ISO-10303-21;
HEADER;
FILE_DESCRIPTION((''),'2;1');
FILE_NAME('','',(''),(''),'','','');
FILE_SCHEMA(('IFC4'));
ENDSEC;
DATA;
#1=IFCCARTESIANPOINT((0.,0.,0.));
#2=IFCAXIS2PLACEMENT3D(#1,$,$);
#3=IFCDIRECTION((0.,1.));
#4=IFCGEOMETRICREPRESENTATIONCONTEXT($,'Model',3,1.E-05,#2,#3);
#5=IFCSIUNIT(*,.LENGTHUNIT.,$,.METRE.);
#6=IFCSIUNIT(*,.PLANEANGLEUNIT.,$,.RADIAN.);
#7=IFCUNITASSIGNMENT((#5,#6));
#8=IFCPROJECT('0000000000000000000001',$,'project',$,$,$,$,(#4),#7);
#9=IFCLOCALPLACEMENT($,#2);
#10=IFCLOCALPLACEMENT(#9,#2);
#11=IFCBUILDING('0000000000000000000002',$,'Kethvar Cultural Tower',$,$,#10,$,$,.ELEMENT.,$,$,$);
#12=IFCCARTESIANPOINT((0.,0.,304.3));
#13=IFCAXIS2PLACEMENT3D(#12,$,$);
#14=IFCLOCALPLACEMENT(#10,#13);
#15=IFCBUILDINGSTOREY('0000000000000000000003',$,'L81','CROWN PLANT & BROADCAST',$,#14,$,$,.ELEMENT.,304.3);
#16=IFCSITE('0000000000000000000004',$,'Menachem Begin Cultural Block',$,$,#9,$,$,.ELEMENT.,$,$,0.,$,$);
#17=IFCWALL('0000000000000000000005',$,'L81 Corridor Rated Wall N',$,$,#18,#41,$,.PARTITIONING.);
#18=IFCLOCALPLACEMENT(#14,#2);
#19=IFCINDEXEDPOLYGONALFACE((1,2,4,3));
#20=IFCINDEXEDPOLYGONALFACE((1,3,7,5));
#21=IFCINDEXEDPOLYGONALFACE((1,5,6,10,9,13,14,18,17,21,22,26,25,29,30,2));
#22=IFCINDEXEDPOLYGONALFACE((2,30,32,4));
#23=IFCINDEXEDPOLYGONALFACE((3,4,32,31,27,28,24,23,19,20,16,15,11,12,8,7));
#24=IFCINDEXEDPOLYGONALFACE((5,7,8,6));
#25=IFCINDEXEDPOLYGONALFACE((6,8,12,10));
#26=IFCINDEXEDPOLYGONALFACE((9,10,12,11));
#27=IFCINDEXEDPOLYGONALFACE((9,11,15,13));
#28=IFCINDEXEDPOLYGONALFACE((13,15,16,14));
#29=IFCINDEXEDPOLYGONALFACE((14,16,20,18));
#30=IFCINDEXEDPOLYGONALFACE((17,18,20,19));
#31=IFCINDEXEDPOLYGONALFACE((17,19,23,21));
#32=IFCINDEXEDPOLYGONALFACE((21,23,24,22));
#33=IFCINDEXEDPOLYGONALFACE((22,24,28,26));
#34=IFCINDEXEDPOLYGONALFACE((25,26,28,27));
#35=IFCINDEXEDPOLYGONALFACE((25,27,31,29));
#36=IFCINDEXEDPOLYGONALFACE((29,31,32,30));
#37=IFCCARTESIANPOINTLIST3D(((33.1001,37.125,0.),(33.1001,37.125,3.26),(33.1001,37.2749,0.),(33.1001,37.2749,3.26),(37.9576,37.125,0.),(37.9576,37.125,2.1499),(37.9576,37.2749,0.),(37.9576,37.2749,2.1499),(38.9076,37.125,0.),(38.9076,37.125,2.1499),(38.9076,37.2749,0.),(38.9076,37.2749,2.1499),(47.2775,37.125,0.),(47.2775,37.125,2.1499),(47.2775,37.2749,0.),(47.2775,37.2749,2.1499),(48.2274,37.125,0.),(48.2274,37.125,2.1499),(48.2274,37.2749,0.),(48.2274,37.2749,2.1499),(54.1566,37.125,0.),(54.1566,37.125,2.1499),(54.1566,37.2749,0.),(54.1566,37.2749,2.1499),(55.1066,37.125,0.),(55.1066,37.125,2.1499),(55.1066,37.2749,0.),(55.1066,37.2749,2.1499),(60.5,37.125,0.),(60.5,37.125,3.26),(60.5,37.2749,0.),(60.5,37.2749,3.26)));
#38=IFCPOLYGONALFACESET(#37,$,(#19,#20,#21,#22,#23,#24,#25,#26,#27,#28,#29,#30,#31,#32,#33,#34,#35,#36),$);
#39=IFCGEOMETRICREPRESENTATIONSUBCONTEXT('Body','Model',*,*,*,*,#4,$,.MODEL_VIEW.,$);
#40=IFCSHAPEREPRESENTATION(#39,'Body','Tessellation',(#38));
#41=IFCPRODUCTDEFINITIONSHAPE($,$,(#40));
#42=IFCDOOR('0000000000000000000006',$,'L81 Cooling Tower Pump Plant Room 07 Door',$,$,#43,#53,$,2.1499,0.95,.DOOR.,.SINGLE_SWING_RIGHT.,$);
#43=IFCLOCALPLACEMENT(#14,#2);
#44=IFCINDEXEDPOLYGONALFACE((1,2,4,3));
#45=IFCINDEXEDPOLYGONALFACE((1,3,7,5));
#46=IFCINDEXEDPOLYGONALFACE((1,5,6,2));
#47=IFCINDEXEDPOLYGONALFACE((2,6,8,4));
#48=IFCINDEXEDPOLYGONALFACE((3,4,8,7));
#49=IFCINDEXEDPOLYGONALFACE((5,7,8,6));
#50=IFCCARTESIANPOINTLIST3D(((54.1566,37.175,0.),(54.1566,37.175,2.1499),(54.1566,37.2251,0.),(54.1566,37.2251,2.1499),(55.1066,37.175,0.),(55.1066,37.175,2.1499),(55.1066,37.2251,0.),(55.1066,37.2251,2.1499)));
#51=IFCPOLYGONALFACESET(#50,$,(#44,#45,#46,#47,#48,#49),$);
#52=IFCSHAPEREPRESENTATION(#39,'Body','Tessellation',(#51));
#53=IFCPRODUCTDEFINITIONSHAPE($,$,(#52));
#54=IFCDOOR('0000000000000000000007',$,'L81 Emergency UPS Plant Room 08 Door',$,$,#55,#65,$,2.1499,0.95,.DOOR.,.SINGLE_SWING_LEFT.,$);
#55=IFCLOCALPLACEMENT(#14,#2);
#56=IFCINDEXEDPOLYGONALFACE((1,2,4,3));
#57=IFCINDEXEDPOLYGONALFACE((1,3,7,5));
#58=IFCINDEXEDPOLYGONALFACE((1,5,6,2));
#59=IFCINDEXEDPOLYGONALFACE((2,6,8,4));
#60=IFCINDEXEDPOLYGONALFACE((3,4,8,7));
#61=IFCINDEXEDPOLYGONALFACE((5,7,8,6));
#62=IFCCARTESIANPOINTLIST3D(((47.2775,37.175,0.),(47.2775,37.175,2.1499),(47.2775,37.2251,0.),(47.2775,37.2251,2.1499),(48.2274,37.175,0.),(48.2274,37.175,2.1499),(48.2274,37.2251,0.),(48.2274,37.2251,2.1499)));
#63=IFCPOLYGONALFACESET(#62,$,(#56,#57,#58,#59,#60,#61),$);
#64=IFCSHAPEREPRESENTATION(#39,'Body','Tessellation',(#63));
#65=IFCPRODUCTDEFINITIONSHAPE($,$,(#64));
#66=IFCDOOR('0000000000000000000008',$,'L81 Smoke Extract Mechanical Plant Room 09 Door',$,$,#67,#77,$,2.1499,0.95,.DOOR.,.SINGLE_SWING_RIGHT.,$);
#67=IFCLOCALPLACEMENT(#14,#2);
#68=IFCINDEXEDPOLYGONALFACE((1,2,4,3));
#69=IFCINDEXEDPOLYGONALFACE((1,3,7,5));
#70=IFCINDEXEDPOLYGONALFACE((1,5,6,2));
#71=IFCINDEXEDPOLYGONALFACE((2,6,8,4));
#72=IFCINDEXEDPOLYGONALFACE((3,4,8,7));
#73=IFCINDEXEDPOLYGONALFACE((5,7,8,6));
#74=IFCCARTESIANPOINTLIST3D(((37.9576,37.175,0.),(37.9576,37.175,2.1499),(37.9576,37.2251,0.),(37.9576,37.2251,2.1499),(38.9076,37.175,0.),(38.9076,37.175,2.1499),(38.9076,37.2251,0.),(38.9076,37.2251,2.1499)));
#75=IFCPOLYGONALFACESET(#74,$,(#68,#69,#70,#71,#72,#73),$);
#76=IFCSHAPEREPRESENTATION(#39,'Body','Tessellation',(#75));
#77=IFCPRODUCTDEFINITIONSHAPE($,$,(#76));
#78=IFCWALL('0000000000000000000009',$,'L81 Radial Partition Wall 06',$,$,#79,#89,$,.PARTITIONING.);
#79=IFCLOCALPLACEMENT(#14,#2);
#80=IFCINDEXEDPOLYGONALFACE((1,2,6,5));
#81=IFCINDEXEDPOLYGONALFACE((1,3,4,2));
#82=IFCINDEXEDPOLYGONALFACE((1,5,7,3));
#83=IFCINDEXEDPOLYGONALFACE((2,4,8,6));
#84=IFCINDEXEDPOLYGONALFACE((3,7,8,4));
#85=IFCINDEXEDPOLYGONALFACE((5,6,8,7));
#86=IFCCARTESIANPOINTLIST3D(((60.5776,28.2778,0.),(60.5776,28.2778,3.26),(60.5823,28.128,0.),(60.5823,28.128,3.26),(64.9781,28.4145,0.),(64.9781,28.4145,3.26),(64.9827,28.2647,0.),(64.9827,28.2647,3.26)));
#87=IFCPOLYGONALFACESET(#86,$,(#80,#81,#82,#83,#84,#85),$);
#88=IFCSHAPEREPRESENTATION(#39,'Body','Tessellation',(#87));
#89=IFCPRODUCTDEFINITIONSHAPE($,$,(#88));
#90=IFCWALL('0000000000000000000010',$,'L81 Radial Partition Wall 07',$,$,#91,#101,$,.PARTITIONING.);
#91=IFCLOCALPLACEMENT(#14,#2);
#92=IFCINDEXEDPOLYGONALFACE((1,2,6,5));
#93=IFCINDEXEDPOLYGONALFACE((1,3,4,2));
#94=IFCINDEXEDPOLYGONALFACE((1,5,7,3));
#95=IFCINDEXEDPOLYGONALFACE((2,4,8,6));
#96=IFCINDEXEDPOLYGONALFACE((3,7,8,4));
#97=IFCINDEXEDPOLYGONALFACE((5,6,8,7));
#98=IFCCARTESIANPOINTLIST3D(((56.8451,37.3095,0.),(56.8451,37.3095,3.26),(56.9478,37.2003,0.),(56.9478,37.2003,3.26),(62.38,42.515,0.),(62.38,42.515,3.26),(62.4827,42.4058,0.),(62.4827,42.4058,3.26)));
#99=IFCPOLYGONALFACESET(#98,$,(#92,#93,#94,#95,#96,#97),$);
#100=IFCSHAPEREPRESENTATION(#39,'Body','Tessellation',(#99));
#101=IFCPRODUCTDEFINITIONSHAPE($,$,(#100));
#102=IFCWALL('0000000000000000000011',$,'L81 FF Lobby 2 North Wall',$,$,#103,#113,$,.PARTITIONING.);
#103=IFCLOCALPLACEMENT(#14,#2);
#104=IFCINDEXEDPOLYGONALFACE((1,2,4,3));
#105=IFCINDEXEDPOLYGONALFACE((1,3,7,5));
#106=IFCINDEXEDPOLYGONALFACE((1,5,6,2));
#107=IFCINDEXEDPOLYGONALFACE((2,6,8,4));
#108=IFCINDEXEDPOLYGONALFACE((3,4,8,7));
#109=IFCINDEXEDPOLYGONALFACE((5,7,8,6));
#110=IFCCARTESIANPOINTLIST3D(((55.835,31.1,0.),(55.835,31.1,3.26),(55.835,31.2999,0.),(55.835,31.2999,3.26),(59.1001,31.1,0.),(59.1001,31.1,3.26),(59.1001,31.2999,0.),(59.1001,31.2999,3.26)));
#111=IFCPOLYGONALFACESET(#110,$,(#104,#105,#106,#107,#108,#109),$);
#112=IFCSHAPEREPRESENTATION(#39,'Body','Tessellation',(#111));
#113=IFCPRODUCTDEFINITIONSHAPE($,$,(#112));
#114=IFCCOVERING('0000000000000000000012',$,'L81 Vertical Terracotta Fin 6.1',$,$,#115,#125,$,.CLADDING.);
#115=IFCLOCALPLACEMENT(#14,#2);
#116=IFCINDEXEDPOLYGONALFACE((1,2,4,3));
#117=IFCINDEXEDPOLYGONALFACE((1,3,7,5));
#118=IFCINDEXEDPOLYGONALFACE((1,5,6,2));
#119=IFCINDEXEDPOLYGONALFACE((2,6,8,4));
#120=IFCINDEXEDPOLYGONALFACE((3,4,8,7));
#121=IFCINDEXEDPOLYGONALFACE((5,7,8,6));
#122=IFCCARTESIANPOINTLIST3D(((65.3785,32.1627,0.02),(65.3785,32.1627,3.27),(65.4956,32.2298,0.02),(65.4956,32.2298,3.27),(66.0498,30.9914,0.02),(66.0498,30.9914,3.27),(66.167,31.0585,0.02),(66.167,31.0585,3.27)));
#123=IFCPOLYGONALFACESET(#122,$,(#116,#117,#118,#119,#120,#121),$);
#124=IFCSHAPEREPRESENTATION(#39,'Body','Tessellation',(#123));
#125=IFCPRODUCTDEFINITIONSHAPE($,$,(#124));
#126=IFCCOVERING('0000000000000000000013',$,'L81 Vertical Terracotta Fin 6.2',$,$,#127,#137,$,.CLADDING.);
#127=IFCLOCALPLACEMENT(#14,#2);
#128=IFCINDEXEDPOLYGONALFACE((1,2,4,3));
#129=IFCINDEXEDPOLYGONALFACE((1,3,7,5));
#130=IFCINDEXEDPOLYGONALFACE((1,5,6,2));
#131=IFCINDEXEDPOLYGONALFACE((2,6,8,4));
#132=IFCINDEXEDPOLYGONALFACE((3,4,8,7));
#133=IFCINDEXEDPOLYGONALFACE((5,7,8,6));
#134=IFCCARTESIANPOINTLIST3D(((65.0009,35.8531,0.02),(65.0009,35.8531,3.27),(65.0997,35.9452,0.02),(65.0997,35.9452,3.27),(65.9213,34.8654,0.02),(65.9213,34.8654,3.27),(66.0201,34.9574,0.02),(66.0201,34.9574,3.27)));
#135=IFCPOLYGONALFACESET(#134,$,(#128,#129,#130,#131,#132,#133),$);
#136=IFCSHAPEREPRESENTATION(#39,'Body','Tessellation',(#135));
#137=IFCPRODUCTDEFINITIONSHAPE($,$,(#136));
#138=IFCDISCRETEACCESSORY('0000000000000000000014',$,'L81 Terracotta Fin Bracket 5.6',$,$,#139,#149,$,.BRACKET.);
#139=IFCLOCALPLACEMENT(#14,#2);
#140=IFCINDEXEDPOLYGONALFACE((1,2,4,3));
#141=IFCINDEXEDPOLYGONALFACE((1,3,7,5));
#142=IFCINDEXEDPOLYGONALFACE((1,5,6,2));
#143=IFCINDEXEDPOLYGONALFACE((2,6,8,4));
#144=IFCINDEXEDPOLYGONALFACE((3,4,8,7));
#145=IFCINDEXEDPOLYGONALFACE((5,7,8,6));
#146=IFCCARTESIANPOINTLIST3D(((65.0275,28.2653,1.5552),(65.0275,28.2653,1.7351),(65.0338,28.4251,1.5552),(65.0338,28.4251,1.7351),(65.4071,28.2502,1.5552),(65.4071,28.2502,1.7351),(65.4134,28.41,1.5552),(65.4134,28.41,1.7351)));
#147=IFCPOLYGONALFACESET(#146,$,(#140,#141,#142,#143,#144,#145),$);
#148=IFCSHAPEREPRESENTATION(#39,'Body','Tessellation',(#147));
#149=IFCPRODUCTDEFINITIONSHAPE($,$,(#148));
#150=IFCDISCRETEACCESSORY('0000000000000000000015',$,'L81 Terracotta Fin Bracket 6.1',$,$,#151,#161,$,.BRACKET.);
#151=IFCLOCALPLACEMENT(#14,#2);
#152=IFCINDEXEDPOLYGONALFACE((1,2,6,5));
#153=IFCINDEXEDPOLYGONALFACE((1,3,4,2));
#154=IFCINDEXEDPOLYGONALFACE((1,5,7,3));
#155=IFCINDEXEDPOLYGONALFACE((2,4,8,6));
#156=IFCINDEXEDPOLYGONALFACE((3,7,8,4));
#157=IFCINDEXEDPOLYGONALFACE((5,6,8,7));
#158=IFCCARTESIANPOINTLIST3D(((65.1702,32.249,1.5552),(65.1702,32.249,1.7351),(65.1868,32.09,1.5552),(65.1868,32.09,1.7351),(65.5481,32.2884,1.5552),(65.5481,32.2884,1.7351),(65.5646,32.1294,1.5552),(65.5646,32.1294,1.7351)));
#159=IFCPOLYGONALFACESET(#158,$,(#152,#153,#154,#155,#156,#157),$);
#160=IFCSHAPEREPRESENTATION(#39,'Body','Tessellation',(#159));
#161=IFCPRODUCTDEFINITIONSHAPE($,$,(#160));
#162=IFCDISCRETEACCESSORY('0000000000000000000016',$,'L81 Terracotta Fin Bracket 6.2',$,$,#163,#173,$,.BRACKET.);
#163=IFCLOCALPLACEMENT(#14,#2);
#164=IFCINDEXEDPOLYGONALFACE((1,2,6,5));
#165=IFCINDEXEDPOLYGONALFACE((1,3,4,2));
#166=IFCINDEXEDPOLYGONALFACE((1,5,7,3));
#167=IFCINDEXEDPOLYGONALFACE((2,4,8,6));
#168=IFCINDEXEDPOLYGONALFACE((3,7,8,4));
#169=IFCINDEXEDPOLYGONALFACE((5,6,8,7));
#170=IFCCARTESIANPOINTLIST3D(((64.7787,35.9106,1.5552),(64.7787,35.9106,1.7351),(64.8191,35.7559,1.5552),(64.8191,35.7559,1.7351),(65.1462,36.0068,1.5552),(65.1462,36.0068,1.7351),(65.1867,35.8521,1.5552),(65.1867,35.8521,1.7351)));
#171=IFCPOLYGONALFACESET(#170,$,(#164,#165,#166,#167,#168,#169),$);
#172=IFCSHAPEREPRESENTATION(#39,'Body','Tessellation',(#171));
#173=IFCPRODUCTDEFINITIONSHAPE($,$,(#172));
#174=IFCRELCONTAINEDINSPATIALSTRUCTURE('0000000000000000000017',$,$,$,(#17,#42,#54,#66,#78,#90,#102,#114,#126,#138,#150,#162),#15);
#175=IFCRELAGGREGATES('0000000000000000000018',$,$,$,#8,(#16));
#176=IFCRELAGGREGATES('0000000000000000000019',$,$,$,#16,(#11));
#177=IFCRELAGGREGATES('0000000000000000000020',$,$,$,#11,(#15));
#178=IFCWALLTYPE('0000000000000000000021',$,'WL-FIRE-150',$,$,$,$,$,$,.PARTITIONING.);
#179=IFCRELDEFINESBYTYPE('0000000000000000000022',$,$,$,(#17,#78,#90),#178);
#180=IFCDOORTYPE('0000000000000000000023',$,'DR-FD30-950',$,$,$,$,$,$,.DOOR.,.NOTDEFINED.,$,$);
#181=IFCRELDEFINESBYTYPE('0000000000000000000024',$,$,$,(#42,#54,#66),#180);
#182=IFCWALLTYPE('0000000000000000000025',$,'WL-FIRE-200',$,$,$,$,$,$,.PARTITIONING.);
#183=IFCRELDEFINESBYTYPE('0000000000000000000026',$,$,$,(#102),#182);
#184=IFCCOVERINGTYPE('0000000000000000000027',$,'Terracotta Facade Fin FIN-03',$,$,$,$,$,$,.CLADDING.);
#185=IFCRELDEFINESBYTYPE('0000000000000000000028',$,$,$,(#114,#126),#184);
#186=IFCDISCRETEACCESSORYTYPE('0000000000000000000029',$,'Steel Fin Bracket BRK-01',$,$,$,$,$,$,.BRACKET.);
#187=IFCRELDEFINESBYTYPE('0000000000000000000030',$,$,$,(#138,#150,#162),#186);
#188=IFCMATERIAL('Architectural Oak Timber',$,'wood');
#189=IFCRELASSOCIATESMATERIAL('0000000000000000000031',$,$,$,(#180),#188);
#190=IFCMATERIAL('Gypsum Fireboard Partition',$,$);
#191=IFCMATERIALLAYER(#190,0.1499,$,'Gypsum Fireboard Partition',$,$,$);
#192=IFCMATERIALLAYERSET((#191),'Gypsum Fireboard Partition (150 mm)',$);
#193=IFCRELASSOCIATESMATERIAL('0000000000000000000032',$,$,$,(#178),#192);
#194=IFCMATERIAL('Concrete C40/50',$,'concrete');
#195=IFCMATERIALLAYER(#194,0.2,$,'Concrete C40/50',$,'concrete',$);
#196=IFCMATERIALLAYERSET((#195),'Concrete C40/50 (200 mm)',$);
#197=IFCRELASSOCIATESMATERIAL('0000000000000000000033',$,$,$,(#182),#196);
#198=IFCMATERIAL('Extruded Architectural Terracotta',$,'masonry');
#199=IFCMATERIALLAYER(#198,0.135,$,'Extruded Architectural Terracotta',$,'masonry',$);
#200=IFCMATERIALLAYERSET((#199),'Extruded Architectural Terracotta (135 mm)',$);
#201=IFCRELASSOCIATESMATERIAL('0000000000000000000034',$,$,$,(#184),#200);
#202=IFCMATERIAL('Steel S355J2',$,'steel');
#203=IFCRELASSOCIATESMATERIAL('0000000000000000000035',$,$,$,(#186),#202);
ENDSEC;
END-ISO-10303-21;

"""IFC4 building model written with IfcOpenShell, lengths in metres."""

from ifc_helpers import new_model, si_unit, direction, frame, frame_2d, origin, origin_2d, place, context, subcontext, project, spatial, rectangle, extrude, source, transform, mapped, material, layer, layer_set, type_object, element, fill, save


model = new_model("IFC4")

# Units and contexts
model_context = context("Model", 3, precision=1e-05, world=origin(), true_north=direction((0.0, 1.0)))
body_context = subcontext(model_context, "Body", "Model", "MODEL_VIEW")
ifc_project = project(units=[si_unit("LENGTHUNIT", "METRE"), si_unit("PLANEANGLEUNIT", "RADIAN")], contexts=[model_context])

# Site, building, storey
site_placement = place(None, origin())
site = spatial("IfcSite", under=ifc_project, at=site_placement, Name="Menachem Begin Cultural Block", CompositionType="ELEMENT", RefElevation=0.0)
building_placement = place(site_placement, origin())
building = spatial("IfcBuilding", under=site, at=building_placement, Name="Kethvar Cultural Tower", CompositionType="ELEMENT")
storey_placement = place(building_placement, frame((0.0, 0.0, 304.3)))
storey = spatial("IfcBuildingStorey", under=building, at=storey_placement, Name="L81", Description="CROWN PLANT & BROADCAST", CompositionType="ELEMENT", Elevation=304.3)

# Shared definitions
ifc_material_1 = material(Name="Steel S355J2", Category="steel")

# Wall, openings, doors
ifc_material_2 = material(Name="Architectural Oak Timber", Category="wood")
door_type_1 = type_object("IfcDoorType", Name="DR-FD30-950", OperationType="NOTDEFINED", PredefinedType="DOOR", material=ifc_material_2)
shared_shape_1 = source(origin(), body_context, "Body", "SweptSolid", [
    extrude(rectangle(XDim=0.95, YDim=2.1499, at=frame_2d((0.4751, 1.075))), frame((0.0, 0.0249, 0.0), z_axis=(0.0, -1.0, 0.0), x_axis=(1.0, 0.0, 0.0)), (0.0, 0.0, 1.0), 0.05),
])
ifc_material_3 = material(Name="Gypsum Fireboard Partition")
ifc_layer_1 = layer(ifc_material_3, 0.1499, Name="Gypsum Fireboard Partition")
ifc_layer_set_1 = layer_set([ifc_layer_1], Name="Gypsum Fireboard Partition (150 mm)")
wall_type_1 = type_object("IfcWallType", Name="WL-FIRE-150", PredefinedType="PARTITIONING", material=ifc_layer_set_1)
wall_1_placement = place(storey_placement, frame((60.5, 37.2, 0.0), z_axis=(0.0, 0.0, 1.0), x_axis=(-1.0, 0.0, 0.0)))
wall_1 = element("IfcWall", 1, at=wall_1_placement, inside=storey, type_object=wall_type_1, Name="L81 Corridor Rated Wall N", PredefinedType="PARTITIONING", context=body_context, shape_type="SweptSolid", body=[
    extrude(rectangle(XDim=27.3999, YDim=0.1499, at=frame_2d((13.7, 0.0))), origin(), (0.0, 0.0, 1.0), 3.26),
])
opening_1_placement = place(wall_1_placement, frame((5.3933, 0.0, 0.0)))
opening_1 = element("IfcOpeningElement", 2, at=opening_1_placement, cuts=wall_1, PredefinedType="OPENING", context=body_context, shape_type="SweptSolid", body=[
    extrude(rectangle(XDim=0.95, YDim=2.1499, at=frame_2d((0.4751, 1.075))), frame((0.0, 0.085, 0.0), z_axis=(0.0, -1.0, 0.0), x_axis=(1.0, 0.0, 0.0)), (0.0, 0.0, 1.0), 0.1699),
])
opening_2_placement = place(wall_1_placement, frame((12.2725, 0.0, 0.0)))
opening_2 = element("IfcOpeningElement", 3, at=opening_2_placement, cuts=wall_1, PredefinedType="OPENING", context=body_context, shape_type="SweptSolid", body=[
    extrude(rectangle(XDim=0.95, YDim=2.1499, at=frame_2d((0.4751, 1.075))), frame((0.0, 0.085, 0.0), z_axis=(0.0, -1.0, 0.0), x_axis=(1.0, 0.0, 0.0)), (0.0, 0.0, 1.0), 0.1699),
])
opening_3_placement = place(wall_1_placement, frame((21.5923, 0.0, 0.0)))
opening_3 = element("IfcOpeningElement", 4, at=opening_3_placement, cuts=wall_1, PredefinedType="OPENING", context=body_context, shape_type="SweptSolid", body=[
    extrude(rectangle(XDim=0.95, YDim=2.1499, at=frame_2d((0.4751, 1.075))), frame((0.0, 0.085, 0.0), z_axis=(0.0, -1.0, 0.0), x_axis=(1.0, 0.0, 0.0)), (0.0, 0.0, 1.0), 0.1699),
])
door_1_placement = place(opening_1_placement, origin())
door_1 = element("IfcDoor", 5, at=door_1_placement, inside=storey, type_object=door_type_1, Name="L81 Cooling Tower Pump Plant Room 07 Door", OperationType="SINGLE_SWING_RIGHT", OverallHeight=2.1499, OverallWidth=0.95, PredefinedType="DOOR", context=body_context, shape_type="MappedRepresentation", body=[
    mapped(shared_shape_1, transform((0.0, 0.0, 0.0), scale=1.0)),
])
fill(opening_1, door_1)
door_2_placement = place(opening_2_placement, origin())
door_2 = element("IfcDoor", 6, at=door_2_placement, inside=storey, type_object=door_type_1, Name="L81 Emergency UPS Plant Room 08 Door", OperationType="SINGLE_SWING_LEFT", OverallHeight=2.1499, OverallWidth=0.95, PredefinedType="DOOR", context=body_context, shape_type="MappedRepresentation", body=[
    mapped(shared_shape_1, transform((0.0, 0.0, 0.0), scale=1.0)),
])
fill(opening_2, door_2)
door_3_placement = place(opening_3_placement, origin())
door_3 = element("IfcDoor", 7, at=door_3_placement, inside=storey, type_object=door_type_1, Name="L81 Smoke Extract Mechanical Plant Room 09 Door", OperationType="SINGLE_SWING_RIGHT", OverallHeight=2.1499, OverallWidth=0.95, PredefinedType="DOOR", context=body_context, shape_type="MappedRepresentation", body=[
    mapped(shared_shape_1, transform((0.0, 0.0, 0.0), scale=1.0)),
])
fill(opening_3, door_3)

# Walls
wall_2_placement = place(storey_placement, frame((60.5801, 28.2029, 0.0), z_axis=(0.0, 0.0, 1.0), x_axis=(0.999518, 0.031055, 0.0)))
element("IfcWall", 8, at=wall_2_placement, inside=storey, type_object=wall_type_1, Name="L81 Radial Partition Wall 06", PredefinedType="PARTITIONING", context=body_context, shape_type="SweptSolid", body=[
    extrude(rectangle(XDim=4.4026, YDim=0.1499, at=frame_2d((2.2012, 0.0))), origin(), (0.0, 0.0, 1.0), 3.26),
])
wall_3_placement = place(storey_placement, frame((56.8965, 37.2549, 0.0), z_axis=(0.0, 0.0, 1.0), x_axis=(0.728447, 0.685102, 0.0)))
element("IfcWall", 9, at=wall_3_placement, inside=storey, type_object=wall_type_1, Name="L81 Radial Partition Wall 07", PredefinedType="PARTITIONING", context=body_context, shape_type="SweptSolid", body=[
    extrude(rectangle(XDim=7.5981, YDim=0.1499, at=frame_2d((3.7991, 0.0))), origin(), (0.0, 0.0, 1.0), 3.26),
])
ifc_material_4 = material(Name="Concrete C40/50", Category="concrete")
ifc_layer_2 = layer(ifc_material_4, 0.2, Name="Concrete C40/50", Category="concrete")
ifc_layer_set_2 = layer_set([ifc_layer_2], Name="Concrete C40/50 (200 mm)")
wall_type_2 = type_object("IfcWallType", Name="WL-FIRE-200", PredefinedType="PARTITIONING", material=ifc_layer_set_2)
wall_4_placement = place(storey_placement, frame((55.835, 31.2, 0.0), z_axis=(0.0, 0.0, 1.0), x_axis=(1.0, 0.0, 0.0)))
element("IfcWall", 10, at=wall_4_placement, inside=storey, type_object=wall_type_2, Name="L81 FF Lobby 2 North Wall", PredefinedType="PARTITIONING", context=body_context, shape_type="SweptSolid", body=[
    extrude(rectangle(XDim=3.2651, YDim=0.2, at=frame_2d((1.6326, 0.0))), origin(), (0.0, 0.0, 1.0), 3.26),
])

# Coverings
ifc_material_5 = material(Name="Extruded Architectural Terracotta", Category="masonry")
ifc_layer_3 = layer(ifc_material_5, 0.135, Name="Extruded Architectural Terracotta", Category="masonry")
ifc_layer_set_3 = layer_set([ifc_layer_3], Name="Extruded Architectural Terracotta (135 mm)")
covering_type = type_object("IfcCoveringType", Name="Terracotta Facade Fin FIN-03", PredefinedType="CLADDING", material=ifc_layer_set_3)
shared_shape_2 = source(origin(), body_context, "Body", "SweptSolid", [
    extrude(rectangle(XDim=1.3501, YDim=0.135, at=origin_2d()), origin(), (0.0, 0.0, 1.0), 3.25),
])
for number, where, z_axis, x_axis, name in (
    (11, (65.7727, 31.6106, 0.02), (0.0, 0.0, 1.0), (0.497277, -0.867592, 0.0), "L81 Vertical Terracotta Fin 6.1"),
    (12, (65.5105, 35.4053, 0.02), (0.0, 0.0, 1.0), (0.681743, -0.731592, 0.0), "L81 Vertical Terracotta Fin 6.2"),
):
    element("IfcCovering", number, at=place(storey_placement, frame(where, z_axis=z_axis, x_axis=x_axis)), inside=storey, type_object=covering_type, Name=name, PredefinedType="CLADDING", context=body_context, shape_type="MappedRepresentation", body=[
        mapped(shared_shape_2, transform((0.0, 0.0, 0.0), scale=1.0)),
    ])

# Discrete accessories
discrete_accessory_type = type_object("IfcDiscreteAccessoryType", Name="Steel Fin Bracket BRK-01", PredefinedType="BRACKET", material=ifc_material_1)
shared_shape_3 = source(origin(), body_context, "Body", "SweptSolid", [
    extrude(rectangle(XDim=0.3799, YDim=0.1599, at=origin_2d()), origin(), (0.0, 0.0, 1.0), 0.1799),
])
for number, where, z_axis, x_axis, name in (
    (13, (65.2205, 28.3376, 1.5552), (0.0, 0.0, 1.0), (0.999208, -0.039783, 0.0), "L81 Terracotta Fin Bracket 5.6"),
    (14, (65.3674, 32.1892, 1.5552), (0.0, 0.0, 1.0), (0.994613, 0.103661, 0.0), "L81 Terracotta Fin Bracket 6.1"),
    (15, (64.9827, 35.8813, 1.5552), (0.0, 0.0, 1.0), (0.967445, 0.253083, 0.0), "L81 Terracotta Fin Bracket 6.2"),
):
    element("IfcDiscreteAccessory", number, at=place(storey_placement, frame(where, z_axis=z_axis, x_axis=x_axis)), inside=storey, type_object=discrete_accessory_type, Name=name, PredefinedType="BRACKET", context=body_context, shape_type="MappedRepresentation", body=[
        mapped(shared_shape_3, transform((0.0, 0.0, 0.0), scale=1.0)),
    ])

save(model, "model.ifc")
